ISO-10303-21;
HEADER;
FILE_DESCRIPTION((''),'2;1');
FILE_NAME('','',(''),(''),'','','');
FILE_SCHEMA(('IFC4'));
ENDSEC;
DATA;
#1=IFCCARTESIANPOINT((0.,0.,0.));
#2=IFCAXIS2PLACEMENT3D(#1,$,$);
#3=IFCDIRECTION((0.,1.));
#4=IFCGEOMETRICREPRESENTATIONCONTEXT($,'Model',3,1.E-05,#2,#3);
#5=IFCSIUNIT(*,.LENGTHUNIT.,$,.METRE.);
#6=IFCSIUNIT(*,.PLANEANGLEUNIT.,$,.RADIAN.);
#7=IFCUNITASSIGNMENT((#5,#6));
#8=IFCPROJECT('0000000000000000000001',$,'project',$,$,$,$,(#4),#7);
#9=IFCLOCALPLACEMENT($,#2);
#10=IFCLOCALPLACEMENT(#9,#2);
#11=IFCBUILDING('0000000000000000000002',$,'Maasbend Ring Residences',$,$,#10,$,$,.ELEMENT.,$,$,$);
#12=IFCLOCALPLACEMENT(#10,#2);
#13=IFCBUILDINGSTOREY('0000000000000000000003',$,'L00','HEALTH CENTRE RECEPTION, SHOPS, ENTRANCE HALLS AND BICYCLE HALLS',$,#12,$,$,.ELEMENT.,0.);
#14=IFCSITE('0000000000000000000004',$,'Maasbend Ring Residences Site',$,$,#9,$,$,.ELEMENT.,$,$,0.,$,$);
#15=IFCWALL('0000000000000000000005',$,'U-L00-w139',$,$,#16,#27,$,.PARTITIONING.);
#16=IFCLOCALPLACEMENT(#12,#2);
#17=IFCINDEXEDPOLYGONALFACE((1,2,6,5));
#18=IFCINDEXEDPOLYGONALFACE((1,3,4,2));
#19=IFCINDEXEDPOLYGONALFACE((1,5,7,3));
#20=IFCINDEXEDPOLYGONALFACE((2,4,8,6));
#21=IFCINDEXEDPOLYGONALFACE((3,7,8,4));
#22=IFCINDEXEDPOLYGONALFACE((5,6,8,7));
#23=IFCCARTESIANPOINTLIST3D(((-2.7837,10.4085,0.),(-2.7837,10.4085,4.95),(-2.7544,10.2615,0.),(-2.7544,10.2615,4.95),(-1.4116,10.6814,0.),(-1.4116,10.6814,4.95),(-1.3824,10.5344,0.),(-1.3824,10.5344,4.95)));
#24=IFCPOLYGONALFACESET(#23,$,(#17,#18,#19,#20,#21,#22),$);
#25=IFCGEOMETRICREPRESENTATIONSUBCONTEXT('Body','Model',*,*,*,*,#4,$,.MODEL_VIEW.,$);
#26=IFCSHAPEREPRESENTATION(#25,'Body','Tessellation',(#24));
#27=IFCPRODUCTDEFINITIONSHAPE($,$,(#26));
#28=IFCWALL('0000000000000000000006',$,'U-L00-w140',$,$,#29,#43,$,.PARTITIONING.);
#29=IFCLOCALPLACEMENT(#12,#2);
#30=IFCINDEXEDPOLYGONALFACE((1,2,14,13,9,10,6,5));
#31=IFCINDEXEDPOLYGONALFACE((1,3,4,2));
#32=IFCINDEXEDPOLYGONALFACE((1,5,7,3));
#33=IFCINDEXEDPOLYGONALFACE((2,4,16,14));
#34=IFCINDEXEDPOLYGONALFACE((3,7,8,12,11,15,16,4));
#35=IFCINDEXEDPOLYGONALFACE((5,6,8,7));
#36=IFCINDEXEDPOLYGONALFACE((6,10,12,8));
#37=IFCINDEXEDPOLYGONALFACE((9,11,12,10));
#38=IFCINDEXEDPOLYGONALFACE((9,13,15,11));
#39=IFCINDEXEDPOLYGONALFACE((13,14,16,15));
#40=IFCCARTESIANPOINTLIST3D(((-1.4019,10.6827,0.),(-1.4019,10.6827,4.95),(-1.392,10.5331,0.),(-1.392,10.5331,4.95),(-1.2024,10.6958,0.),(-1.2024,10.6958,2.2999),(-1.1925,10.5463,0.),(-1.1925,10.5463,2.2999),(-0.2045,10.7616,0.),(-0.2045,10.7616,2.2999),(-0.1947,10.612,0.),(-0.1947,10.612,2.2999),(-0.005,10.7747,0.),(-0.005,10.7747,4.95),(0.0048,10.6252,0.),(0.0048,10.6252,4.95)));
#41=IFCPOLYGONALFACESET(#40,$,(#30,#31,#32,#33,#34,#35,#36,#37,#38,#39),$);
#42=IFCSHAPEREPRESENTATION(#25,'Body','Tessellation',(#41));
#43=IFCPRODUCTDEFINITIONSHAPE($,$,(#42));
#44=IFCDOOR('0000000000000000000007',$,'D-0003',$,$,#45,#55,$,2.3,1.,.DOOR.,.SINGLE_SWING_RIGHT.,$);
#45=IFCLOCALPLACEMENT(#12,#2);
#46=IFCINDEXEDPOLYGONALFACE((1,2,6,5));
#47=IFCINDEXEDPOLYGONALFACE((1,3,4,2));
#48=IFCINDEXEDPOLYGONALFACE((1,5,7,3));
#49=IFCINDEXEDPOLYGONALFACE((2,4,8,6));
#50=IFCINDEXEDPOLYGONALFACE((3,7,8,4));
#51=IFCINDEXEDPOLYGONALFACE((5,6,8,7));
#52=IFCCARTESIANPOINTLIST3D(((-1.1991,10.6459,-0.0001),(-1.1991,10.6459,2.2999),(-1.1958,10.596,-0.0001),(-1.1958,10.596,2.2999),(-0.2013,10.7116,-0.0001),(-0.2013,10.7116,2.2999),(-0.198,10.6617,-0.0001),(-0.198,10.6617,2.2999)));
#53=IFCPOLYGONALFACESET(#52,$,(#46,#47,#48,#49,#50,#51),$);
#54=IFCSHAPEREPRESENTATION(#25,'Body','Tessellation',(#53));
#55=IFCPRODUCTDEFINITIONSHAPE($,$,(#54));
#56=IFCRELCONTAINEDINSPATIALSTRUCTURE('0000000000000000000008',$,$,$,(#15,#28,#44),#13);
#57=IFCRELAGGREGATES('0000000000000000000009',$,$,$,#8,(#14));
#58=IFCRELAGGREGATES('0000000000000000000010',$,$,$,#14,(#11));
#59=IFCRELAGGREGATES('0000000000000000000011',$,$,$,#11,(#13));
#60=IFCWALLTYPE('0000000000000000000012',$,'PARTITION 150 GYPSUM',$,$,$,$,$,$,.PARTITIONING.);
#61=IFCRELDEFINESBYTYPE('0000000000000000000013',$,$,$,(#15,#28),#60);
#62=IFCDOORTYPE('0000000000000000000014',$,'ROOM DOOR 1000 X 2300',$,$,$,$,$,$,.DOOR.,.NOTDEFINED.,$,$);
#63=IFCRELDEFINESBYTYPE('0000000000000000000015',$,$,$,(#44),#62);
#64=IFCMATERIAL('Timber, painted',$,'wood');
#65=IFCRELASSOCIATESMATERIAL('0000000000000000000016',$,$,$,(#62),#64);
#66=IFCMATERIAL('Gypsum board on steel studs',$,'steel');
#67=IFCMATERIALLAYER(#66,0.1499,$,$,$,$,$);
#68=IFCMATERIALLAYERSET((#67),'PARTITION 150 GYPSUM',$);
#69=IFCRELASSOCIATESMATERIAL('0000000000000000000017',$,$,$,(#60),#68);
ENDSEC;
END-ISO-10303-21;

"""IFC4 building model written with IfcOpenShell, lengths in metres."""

from ifc_helpers import new_model, si_unit, direction, frame, frame_2d, origin, place, context, subcontext, project, spatial, rectangle, extrude, material, layer, layer_set, type_object, element, fill, save


model = new_model("IFC4")

# Units and contexts
model_context = context("Model", 3, precision=1e-05, world=origin(), true_north=direction((0.0, 1.0)))
body_context = subcontext(model_context, "Body", "Model", "MODEL_VIEW")
ifc_project = project(units=[si_unit("LENGTHUNIT", "METRE"), si_unit("PLANEANGLEUNIT", "RADIAN")], contexts=[model_context])

# Site, building, storey
site_placement = place(None, origin())
site = spatial("IfcSite", under=ifc_project, at=site_placement, Name="Maasbend Ring Residences Site", CompositionType="ELEMENT", RefElevation=0.0)
building_placement = place(site_placement, origin())
building = spatial("IfcBuilding", under=site, at=building_placement, Name="Maasbend Ring Residences", CompositionType="ELEMENT")
storey_placement = place(building_placement, origin())
storey = spatial("IfcBuildingStorey", under=building, at=storey_placement, Name="L00", Description="HEALTH CENTRE RECEPTION, SHOPS, ENTRANCE HALLS AND BICYCLE HALLS", CompositionType="ELEMENT", Elevation=0.0)

# Shared definitions
ifc_material_1 = material(Name="Timber, painted", Category="wood")
door_type = type_object("IfcDoorType", Name="ROOM DOOR 1000 X 2300", OperationType="NOTDEFINED", PredefinedType="DOOR", material=ifc_material_1)

# Wall
ifc_material_2 = material(Name="Gypsum board on steel studs", Category="steel")
ifc_layer_1 = layer(ifc_material_2, 0.1499)
ifc_layer_set_1 = layer_set([ifc_layer_1], Name="PARTITION 150 GYPSUM")
wall_type_1 = type_object("IfcWallType", Name="PARTITION 150 GYPSUM", PredefinedType="PARTITIONING", material=ifc_layer_set_1)
wall_1_placement = place(storey_placement, frame((-2.769, 10.335, 0.0), z_axis=(0.0, 0.0, 1.0), x_axis=(0.980782, 0.195109, 0.0)))
element("IfcWall", 1, at=wall_1_placement, inside=storey, type_object=wall_type_1, Name="U-L00-w139", PredefinedType="PARTITIONING", context=body_context, shape_type="SweptSolid", body=[
    extrude(rectangle(XDim=1.3989, YDim=0.1499, at=frame_2d((0.6995, 0.0))), origin(), (0.0, 0.0, 1.0), 4.95),
])

# Wall, opening, door
wall_2_placement = place(storey_placement, frame((-1.397, 10.6079, 0.0), z_axis=(0.0, 0.0, 1.0), x_axis=(0.997837, 0.065744, 0.0)))
wall_2 = element("IfcWall", 2, at=wall_2_placement, inside=storey, type_object=wall_type_1, Name="U-L00-w140", PredefinedType="PARTITIONING", context=body_context, shape_type="SweptSolid", body=[
    extrude(rectangle(XDim=1.3999, YDim=0.1499, at=frame_2d((0.7, 0.0))), origin(), (0.0, 0.0, 1.0), 4.95),
])
opening_1_placement = place(wall_2_placement, frame((0.2, 0.0, 0.0)))
opening_1 = element("IfcOpeningElement", 3, at=opening_1_placement, cuts=wall_2, PredefinedType="OPENING", context=body_context, shape_type="SweptSolid", body=[
    extrude(rectangle(XDim=1.0, YDim=2.3, at=frame_2d((0.5, 1.1499))), frame((0.0, 0.085, 0.0), z_axis=(0.0, -1.0, 0.0), x_axis=(1.0, 0.0, 0.0)), (0.0, 0.0, 1.0), 0.1699),
])
door_1_placement = place(opening_1_placement, origin())
door_1 = element("IfcDoor", 4, at=door_1_placement, inside=storey, type_object=door_type, Name="D-0003", OperationType="SINGLE_SWING_RIGHT", OverallHeight=2.3, OverallWidth=1.0, PredefinedType="DOOR", context=body_context, shape_type="SweptSolid", body=[
    extrude(rectangle(XDim=1.0, YDim=2.3, at=frame_2d((0.5, 1.1499))), frame((0.0, 0.0249, 0.0), z_axis=(0.0, -1.0, 0.0), x_axis=(1.0, 0.0, 0.0)), (0.0, 0.0, 1.0), 0.05),
])
fill(opening_1, door_1)

save(model, "model.ifc")
